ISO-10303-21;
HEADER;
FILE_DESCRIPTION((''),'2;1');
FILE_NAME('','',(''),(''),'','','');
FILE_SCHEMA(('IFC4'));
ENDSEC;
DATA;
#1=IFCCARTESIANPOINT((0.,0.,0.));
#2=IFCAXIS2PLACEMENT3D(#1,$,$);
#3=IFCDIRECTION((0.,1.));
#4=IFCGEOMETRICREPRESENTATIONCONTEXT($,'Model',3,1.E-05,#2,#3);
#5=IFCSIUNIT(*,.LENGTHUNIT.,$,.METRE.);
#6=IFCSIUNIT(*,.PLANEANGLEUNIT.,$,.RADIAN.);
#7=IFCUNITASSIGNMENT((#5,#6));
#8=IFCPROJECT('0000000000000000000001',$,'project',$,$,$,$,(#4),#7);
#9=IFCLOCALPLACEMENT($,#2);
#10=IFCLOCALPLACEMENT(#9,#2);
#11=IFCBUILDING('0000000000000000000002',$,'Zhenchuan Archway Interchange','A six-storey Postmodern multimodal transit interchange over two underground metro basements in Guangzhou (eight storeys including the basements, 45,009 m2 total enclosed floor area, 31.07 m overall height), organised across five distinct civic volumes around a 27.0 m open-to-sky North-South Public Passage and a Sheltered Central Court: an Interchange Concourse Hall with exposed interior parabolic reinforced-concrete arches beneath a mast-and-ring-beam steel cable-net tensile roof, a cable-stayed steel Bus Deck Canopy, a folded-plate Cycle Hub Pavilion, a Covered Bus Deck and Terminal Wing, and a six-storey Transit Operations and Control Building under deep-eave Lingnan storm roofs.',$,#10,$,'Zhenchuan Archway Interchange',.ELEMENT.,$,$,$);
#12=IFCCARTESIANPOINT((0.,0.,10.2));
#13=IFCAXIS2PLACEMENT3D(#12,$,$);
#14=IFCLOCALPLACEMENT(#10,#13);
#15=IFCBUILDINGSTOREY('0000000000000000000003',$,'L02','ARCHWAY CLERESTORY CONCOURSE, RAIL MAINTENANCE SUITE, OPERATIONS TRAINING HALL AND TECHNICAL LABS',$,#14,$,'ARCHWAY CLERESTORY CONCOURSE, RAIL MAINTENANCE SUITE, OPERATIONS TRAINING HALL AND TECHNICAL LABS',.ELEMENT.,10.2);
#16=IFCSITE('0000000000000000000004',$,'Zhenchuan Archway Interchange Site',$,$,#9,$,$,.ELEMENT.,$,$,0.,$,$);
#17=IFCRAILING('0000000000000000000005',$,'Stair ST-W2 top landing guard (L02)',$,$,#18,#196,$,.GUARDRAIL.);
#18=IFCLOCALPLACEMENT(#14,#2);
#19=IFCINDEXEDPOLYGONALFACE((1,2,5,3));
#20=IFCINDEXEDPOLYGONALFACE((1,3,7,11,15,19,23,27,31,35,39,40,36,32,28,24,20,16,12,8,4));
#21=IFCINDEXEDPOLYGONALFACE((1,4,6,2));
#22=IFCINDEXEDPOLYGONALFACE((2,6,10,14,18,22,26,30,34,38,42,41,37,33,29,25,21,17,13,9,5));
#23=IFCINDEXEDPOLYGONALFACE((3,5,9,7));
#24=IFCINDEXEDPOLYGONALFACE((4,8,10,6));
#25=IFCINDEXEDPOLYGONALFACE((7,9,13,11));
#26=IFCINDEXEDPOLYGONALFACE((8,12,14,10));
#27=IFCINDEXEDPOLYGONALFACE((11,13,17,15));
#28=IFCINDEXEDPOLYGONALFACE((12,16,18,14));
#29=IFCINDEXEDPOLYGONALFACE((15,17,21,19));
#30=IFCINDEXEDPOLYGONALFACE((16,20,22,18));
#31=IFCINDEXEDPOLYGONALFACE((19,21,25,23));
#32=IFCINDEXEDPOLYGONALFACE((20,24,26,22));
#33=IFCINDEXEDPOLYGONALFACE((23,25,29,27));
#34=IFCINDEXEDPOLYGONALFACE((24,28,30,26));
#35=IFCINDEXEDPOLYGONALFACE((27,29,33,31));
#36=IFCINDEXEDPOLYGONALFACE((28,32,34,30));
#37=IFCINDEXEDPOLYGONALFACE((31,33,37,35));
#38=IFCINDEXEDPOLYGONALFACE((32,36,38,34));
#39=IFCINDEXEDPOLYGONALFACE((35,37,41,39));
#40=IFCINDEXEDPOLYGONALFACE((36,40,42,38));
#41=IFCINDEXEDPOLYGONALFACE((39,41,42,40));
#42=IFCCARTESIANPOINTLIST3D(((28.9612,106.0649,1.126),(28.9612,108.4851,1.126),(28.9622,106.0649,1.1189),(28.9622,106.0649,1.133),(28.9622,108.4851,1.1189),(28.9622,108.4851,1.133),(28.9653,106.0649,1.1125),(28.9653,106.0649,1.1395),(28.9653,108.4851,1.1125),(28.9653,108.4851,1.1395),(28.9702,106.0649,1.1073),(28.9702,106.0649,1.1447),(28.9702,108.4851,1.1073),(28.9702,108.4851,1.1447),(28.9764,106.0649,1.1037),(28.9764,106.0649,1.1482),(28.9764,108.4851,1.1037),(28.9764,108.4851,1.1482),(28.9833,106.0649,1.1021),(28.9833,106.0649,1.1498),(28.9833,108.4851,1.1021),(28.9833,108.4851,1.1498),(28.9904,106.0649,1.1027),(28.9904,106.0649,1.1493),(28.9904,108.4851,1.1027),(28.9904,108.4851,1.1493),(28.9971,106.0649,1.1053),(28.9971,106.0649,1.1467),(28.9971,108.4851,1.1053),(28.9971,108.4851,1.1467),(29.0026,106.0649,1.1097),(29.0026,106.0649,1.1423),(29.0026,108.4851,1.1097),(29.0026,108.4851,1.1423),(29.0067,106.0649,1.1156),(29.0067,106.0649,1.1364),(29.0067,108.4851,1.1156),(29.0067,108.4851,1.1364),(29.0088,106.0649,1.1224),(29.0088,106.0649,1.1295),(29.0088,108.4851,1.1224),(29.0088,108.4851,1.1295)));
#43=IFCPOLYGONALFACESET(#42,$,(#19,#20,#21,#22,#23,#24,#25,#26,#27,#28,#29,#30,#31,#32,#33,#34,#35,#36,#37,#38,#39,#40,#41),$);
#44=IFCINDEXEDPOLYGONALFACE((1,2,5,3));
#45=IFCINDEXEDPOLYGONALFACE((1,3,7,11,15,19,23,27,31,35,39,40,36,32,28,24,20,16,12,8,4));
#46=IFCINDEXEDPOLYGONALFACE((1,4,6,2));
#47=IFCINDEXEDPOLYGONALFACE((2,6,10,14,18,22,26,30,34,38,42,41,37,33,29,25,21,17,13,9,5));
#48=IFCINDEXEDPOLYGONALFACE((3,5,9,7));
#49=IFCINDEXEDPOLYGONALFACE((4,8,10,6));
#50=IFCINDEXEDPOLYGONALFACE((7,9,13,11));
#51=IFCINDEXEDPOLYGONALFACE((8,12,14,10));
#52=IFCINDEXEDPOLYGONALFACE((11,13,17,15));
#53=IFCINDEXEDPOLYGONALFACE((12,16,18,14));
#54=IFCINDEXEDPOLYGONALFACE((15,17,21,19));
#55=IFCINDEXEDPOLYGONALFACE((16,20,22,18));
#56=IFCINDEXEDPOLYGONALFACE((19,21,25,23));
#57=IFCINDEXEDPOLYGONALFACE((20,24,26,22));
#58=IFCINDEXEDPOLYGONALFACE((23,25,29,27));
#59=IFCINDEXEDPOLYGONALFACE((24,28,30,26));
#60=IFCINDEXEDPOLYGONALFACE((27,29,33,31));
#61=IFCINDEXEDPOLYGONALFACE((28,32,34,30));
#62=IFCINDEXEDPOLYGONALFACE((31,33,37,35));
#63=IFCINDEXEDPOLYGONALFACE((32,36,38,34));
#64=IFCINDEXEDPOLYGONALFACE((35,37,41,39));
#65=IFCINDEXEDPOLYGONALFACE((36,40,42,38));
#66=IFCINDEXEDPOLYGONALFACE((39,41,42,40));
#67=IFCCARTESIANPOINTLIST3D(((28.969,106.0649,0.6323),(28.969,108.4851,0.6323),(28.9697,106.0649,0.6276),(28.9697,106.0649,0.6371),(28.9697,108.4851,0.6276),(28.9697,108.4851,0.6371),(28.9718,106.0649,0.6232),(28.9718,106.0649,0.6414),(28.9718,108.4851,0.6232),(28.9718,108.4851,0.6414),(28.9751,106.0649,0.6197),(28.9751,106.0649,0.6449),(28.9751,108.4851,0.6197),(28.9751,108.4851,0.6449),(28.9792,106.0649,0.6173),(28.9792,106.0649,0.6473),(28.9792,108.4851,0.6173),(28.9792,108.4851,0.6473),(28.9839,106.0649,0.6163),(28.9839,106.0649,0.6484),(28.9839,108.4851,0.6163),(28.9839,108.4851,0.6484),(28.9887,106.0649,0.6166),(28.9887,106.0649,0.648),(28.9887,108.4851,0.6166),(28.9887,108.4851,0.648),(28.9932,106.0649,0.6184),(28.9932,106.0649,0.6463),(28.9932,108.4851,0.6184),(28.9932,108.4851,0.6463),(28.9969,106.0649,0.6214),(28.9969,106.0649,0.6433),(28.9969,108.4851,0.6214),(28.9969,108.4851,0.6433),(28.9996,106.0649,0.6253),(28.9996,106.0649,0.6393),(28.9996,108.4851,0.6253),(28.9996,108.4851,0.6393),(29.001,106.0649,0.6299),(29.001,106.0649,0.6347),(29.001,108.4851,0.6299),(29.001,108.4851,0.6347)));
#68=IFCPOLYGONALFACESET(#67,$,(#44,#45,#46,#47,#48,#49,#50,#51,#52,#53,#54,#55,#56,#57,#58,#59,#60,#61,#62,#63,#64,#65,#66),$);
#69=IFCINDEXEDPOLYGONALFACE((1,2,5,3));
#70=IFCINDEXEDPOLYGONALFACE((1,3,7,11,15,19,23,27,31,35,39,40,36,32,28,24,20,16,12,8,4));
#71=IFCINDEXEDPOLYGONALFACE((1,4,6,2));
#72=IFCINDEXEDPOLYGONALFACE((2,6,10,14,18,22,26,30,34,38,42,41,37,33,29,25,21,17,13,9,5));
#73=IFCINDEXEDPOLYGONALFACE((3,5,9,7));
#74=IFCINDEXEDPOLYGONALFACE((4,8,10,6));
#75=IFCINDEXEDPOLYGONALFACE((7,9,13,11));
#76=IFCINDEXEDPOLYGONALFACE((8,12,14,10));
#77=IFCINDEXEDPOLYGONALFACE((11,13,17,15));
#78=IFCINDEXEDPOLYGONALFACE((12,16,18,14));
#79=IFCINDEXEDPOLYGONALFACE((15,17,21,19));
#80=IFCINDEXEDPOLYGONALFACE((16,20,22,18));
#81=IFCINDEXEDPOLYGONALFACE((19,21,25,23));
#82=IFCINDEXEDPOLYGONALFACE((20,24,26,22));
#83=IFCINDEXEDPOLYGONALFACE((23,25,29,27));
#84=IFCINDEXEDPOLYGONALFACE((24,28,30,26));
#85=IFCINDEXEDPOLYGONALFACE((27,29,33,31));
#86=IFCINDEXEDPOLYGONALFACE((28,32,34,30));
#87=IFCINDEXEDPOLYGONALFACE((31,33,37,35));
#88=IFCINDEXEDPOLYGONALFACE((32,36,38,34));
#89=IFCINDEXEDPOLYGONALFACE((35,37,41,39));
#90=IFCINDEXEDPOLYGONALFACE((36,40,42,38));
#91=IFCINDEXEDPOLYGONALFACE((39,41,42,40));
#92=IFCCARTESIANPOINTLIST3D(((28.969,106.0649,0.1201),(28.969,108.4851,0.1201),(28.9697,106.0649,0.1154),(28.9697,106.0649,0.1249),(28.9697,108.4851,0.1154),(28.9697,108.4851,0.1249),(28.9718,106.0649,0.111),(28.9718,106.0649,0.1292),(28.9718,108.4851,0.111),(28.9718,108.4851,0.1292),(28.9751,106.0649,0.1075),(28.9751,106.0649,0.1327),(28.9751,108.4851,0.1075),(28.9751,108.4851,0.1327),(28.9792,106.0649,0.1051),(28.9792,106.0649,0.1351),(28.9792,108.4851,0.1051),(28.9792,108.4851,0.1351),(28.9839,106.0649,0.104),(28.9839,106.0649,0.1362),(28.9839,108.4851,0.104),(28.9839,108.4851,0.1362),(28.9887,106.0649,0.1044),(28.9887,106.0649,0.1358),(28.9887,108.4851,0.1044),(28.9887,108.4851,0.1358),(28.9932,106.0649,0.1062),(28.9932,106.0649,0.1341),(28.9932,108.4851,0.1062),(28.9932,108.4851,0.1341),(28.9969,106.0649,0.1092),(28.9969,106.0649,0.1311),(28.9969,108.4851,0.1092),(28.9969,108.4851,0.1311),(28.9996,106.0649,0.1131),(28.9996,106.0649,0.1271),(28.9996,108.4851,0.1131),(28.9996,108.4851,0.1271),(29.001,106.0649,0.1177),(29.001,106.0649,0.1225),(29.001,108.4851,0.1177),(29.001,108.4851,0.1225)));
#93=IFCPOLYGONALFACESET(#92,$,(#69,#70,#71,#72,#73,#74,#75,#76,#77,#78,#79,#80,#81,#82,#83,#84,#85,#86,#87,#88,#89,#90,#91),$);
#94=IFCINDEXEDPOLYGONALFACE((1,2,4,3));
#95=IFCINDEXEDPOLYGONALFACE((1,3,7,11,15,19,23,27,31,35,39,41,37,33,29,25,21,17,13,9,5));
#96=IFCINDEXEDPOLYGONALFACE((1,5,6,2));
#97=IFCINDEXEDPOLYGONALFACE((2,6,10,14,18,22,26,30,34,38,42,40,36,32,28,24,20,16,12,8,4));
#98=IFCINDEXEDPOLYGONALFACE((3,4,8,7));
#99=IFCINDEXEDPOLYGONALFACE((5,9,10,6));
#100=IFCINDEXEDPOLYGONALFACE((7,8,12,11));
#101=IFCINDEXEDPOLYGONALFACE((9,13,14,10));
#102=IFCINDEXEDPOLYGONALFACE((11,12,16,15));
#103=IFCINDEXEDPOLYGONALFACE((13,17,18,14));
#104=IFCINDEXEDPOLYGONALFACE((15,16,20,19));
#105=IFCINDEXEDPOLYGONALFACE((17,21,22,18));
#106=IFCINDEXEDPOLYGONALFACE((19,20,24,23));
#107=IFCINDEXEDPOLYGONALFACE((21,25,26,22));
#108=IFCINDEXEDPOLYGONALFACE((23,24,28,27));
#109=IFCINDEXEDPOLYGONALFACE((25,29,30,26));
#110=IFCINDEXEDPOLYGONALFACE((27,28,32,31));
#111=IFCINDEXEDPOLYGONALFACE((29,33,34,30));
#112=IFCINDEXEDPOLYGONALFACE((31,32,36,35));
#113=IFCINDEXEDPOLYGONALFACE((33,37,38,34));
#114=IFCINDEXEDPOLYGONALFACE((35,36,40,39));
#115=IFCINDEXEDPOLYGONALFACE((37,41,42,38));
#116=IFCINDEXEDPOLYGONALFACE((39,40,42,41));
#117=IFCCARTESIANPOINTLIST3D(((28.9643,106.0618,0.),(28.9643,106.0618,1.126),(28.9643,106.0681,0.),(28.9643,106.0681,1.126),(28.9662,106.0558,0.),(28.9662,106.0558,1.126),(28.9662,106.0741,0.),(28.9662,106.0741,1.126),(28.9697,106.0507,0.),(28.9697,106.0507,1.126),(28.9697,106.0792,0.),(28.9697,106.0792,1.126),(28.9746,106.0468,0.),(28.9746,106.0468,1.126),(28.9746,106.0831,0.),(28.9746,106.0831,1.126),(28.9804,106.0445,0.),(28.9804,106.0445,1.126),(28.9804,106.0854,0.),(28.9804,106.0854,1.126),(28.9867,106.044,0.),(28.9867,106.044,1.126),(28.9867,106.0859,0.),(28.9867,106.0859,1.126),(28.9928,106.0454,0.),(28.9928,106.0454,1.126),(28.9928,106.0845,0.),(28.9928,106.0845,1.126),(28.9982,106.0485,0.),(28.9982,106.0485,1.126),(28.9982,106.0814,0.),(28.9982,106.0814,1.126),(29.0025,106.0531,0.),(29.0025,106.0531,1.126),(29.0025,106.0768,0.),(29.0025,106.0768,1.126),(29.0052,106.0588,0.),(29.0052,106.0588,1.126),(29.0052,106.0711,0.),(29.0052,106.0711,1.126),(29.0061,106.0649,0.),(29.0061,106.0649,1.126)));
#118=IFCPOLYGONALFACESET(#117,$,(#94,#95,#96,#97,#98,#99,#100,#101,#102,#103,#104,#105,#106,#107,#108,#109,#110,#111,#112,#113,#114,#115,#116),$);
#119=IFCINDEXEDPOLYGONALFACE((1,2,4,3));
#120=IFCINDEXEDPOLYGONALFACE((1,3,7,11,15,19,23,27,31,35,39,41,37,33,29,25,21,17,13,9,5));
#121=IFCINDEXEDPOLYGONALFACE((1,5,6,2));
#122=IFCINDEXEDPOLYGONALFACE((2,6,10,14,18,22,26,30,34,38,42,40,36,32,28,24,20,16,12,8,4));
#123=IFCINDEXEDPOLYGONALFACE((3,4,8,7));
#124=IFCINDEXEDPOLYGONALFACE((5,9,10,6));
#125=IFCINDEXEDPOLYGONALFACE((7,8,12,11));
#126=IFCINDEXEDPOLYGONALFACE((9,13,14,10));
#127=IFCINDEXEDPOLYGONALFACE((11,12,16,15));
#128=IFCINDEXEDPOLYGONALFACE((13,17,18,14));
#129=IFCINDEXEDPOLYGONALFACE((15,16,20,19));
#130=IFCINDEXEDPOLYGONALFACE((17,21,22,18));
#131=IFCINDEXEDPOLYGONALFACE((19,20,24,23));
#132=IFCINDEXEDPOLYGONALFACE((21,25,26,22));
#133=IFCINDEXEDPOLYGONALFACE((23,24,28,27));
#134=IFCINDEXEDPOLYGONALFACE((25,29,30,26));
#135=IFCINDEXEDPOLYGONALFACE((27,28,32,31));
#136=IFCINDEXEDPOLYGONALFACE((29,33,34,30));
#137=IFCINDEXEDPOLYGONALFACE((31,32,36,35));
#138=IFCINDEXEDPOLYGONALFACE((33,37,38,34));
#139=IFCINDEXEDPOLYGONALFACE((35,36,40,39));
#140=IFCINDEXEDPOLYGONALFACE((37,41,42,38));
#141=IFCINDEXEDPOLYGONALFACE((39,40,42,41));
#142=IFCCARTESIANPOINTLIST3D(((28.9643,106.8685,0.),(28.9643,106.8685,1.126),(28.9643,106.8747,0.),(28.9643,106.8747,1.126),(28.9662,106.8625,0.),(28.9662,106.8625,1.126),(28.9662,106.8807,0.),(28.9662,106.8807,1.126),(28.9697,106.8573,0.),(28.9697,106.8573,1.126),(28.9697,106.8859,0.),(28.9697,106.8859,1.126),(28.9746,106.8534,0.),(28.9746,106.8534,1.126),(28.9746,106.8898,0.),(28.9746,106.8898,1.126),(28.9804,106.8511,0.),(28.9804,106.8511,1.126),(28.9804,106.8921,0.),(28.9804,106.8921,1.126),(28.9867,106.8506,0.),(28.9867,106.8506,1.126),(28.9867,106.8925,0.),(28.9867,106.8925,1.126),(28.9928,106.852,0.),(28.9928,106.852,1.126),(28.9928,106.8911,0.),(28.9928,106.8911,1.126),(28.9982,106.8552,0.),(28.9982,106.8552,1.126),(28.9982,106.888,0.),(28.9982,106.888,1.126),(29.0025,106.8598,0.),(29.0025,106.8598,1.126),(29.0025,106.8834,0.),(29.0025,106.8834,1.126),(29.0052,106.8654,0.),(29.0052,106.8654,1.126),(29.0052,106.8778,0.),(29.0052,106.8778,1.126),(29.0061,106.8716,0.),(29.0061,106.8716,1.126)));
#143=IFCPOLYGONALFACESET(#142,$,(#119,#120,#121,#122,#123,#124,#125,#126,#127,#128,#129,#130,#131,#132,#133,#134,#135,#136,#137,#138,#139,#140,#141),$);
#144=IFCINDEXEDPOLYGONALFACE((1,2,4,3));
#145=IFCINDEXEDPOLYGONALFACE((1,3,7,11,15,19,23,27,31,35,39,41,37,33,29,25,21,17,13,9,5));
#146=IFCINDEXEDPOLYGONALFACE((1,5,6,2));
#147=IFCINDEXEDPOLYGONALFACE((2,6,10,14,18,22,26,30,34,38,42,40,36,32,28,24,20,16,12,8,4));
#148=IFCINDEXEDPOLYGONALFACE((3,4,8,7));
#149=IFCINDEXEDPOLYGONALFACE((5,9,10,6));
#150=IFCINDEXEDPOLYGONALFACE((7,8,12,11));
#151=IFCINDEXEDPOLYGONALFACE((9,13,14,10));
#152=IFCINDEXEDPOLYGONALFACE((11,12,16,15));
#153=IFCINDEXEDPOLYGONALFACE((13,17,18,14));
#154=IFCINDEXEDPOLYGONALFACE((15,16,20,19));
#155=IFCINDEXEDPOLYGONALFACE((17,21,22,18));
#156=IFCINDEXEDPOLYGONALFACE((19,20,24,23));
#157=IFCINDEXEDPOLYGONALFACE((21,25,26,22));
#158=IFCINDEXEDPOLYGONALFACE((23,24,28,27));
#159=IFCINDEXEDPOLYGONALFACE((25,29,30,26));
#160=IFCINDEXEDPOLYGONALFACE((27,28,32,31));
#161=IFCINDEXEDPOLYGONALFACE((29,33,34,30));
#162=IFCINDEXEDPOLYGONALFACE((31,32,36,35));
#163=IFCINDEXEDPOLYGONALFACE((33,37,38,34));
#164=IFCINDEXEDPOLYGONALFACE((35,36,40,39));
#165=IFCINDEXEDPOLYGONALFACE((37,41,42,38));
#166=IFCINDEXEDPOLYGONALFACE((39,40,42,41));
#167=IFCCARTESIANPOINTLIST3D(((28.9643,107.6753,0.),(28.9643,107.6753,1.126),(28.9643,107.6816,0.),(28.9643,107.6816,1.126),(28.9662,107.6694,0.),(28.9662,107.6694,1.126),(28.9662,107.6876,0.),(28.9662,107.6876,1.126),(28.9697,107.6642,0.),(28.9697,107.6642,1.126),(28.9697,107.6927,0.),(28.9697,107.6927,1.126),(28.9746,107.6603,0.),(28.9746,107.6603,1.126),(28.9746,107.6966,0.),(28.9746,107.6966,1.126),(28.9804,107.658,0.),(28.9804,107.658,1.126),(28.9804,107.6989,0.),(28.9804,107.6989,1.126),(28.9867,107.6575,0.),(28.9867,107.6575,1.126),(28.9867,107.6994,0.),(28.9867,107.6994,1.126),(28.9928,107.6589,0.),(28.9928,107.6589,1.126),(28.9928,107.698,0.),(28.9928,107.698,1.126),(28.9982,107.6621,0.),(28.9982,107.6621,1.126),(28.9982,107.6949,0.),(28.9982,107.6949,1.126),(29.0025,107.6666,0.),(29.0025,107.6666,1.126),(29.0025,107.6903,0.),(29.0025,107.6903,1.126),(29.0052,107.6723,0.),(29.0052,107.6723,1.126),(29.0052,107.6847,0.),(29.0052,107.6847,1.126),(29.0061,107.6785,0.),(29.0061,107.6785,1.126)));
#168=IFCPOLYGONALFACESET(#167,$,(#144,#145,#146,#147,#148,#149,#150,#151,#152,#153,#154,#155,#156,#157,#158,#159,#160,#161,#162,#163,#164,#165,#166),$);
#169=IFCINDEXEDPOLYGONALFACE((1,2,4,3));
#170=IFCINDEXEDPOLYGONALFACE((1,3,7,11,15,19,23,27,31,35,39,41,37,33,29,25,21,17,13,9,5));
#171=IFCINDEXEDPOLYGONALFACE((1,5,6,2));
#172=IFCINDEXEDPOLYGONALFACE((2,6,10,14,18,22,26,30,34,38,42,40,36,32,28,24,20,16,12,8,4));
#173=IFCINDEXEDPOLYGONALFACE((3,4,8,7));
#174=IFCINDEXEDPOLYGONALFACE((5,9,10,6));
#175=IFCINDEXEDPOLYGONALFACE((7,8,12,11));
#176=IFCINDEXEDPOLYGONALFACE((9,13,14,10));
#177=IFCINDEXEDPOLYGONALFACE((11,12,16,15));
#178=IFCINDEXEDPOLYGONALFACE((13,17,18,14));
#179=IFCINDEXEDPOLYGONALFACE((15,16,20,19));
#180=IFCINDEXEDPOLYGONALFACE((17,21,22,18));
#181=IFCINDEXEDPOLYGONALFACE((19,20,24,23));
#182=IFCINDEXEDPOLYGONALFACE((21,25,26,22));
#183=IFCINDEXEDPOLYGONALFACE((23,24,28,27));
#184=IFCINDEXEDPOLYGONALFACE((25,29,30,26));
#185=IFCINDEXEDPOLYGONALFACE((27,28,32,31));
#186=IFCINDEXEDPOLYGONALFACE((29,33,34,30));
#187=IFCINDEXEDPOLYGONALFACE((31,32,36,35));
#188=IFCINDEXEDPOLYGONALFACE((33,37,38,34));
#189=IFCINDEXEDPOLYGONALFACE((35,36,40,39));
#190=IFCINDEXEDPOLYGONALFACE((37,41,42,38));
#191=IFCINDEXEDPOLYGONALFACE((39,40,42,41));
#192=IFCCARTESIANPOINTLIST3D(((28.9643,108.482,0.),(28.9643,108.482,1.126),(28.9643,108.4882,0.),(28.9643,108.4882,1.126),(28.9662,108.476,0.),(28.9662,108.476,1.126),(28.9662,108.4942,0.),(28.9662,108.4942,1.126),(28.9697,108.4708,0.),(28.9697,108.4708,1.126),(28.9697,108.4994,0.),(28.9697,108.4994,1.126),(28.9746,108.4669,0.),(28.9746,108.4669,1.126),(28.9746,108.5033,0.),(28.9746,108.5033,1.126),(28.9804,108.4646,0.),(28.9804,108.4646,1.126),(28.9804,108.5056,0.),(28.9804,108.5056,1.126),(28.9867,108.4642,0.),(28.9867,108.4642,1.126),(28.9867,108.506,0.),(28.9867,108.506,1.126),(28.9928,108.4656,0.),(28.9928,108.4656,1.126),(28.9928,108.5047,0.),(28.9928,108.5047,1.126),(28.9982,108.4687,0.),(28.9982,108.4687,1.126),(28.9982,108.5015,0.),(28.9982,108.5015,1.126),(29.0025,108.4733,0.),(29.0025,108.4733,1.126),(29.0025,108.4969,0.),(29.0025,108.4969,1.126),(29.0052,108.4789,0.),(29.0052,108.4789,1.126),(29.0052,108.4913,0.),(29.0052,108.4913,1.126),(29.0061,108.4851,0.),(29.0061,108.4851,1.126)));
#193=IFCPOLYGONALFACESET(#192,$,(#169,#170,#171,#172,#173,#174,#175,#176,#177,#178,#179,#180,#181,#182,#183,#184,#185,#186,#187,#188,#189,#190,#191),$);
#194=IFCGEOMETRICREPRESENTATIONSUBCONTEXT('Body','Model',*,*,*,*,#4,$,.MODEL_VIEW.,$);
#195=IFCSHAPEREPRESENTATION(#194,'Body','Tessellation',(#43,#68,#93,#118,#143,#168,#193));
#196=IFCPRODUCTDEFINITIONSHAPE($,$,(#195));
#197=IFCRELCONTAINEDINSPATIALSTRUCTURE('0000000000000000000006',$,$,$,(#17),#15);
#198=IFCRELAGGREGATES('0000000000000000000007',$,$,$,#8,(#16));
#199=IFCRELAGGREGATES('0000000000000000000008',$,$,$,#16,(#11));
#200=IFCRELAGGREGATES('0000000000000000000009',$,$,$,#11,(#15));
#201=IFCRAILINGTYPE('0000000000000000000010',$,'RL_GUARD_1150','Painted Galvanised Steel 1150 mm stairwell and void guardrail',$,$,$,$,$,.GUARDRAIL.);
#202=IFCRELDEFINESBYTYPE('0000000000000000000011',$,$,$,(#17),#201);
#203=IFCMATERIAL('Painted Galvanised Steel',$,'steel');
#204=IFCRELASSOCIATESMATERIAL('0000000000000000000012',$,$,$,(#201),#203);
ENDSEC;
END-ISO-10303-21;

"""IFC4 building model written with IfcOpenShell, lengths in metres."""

from ifc_helpers import new_model, si_unit, direction, frame, origin, origin_2d, place, context, subcontext, project, spatial, circle, extrude, material, type_object, element, save


model = new_model("IFC4")

# Units and contexts
model_context = context("Model", 3, precision=1e-05, world=origin(), true_north=direction((0.0, 1.0)))
body_context = subcontext(model_context, "Body", "Model", "MODEL_VIEW")
ifc_project = project(units=[si_unit("LENGTHUNIT", "METRE"), si_unit("PLANEANGLEUNIT", "RADIAN")], contexts=[model_context])

# Site, building, storey
site_placement = place(None, origin())
site = spatial("IfcSite", under=ifc_project, at=site_placement, Name="Zhenchuan Archway Interchange Site", CompositionType="ELEMENT", RefElevation=0.0)
building_placement = place(site_placement, origin())
building = spatial("IfcBuilding", under=site, at=building_placement, Name="Zhenchuan Archway Interchange", Description="A six-storey Postmodern multimodal transit interchange over two underground metro basements in Guangzhou (eight storeys including the basements, 45,009 m2 total enclosed floor area, 31.07 m overall height), organised across five distinct civic volumes around a 27.0 m open-to-sky North-South Public Passage and a Sheltered Central Court: an Interchange Concourse Hall with exposed interior parabolic reinforced-concrete arches beneath a mast-and-ring-beam steel cable-net tensile roof, a cable-stayed steel Bus Deck Canopy, a folded-plate Cycle Hub Pavilion, a Covered Bus Deck and Terminal Wing, and a six-storey Transit Operations and Control Building under deep-eave Lingnan storm roofs.", LongName="Zhenchuan Archway Interchange", CompositionType="ELEMENT")
storey_placement = place(building_placement, frame((0.0, 0.0, 10.2)))
storey = spatial("IfcBuildingStorey", under=building, at=storey_placement, Name="L02", Description="ARCHWAY CLERESTORY CONCOURSE, RAIL MAINTENANCE SUITE, OPERATIONS TRAINING HALL AND TECHNICAL LABS", LongName="ARCHWAY CLERESTORY CONCOURSE, RAIL MAINTENANCE SUITE, OPERATIONS TRAINING HALL AND TECHNICAL LABS", CompositionType="ELEMENT", Elevation=10.2)

# Shared definitions
ifc_material_1 = material(Name="Painted Galvanised Steel", Category="steel")

# Railing
railing_type = type_object("IfcRailingType", Name="RL_GUARD_1150", Description="Painted Galvanised Steel 1150 mm stairwell and void guardrail", PredefinedType="GUARDRAIL", material=ifc_material_1)
railing_placement = place(storey_placement, frame((28.9851, 106.0649, 0.0)))
element("IfcRailing", 1, at=railing_placement, inside=storey, type_object=railing_type, Name="Stair ST-W2 top landing guard (L02)", PredefinedType="GUARDRAIL", context=body_context, shape_type="SweptSolid", body=[
    extrude(circle(Radius=0.0239, at=origin_2d()), frame((0.0, 0.0, 1.126), z_axis=(0.0, 1.0, 0.0), x_axis=(-1.0, 0.0, 0.0)), (0.0, 0.0, 1.0), 2.4202),
    extrude(circle(Radius=0.0161, at=origin_2d()), frame((0.0, 0.0, 0.6323), z_axis=(0.0, 1.0, 0.0), x_axis=(-1.0, 0.0, 0.0)), (0.0, 0.0, 1.0), 2.4202),
    extrude(circle(Radius=0.0161, at=origin_2d()), frame((0.0, 0.0, 0.1201), z_axis=(0.0, 1.0, 0.0), x_axis=(-1.0, 0.0, 0.0)), (0.0, 0.0, 1.0), 2.4202),
    extrude(circle(Radius=0.021, at=origin_2d()), origin(), (0.0, 0.0, 1.0), 1.126),
    extrude(circle(Radius=0.021, at=origin_2d()), frame((0.0, 0.8066, 0.0)), (0.0, 0.0, 1.0), 1.126),
    extrude(circle(Radius=0.021, at=origin_2d()), frame((0.0, 1.6135, 0.0)), (0.0, 0.0, 1.0), 1.126),
    extrude(circle(Radius=0.021, at=origin_2d()), frame((0.0, 2.4202, 0.0)), (0.0, 0.0, 1.0), 1.126),
])

save(model, "model.ifc")
